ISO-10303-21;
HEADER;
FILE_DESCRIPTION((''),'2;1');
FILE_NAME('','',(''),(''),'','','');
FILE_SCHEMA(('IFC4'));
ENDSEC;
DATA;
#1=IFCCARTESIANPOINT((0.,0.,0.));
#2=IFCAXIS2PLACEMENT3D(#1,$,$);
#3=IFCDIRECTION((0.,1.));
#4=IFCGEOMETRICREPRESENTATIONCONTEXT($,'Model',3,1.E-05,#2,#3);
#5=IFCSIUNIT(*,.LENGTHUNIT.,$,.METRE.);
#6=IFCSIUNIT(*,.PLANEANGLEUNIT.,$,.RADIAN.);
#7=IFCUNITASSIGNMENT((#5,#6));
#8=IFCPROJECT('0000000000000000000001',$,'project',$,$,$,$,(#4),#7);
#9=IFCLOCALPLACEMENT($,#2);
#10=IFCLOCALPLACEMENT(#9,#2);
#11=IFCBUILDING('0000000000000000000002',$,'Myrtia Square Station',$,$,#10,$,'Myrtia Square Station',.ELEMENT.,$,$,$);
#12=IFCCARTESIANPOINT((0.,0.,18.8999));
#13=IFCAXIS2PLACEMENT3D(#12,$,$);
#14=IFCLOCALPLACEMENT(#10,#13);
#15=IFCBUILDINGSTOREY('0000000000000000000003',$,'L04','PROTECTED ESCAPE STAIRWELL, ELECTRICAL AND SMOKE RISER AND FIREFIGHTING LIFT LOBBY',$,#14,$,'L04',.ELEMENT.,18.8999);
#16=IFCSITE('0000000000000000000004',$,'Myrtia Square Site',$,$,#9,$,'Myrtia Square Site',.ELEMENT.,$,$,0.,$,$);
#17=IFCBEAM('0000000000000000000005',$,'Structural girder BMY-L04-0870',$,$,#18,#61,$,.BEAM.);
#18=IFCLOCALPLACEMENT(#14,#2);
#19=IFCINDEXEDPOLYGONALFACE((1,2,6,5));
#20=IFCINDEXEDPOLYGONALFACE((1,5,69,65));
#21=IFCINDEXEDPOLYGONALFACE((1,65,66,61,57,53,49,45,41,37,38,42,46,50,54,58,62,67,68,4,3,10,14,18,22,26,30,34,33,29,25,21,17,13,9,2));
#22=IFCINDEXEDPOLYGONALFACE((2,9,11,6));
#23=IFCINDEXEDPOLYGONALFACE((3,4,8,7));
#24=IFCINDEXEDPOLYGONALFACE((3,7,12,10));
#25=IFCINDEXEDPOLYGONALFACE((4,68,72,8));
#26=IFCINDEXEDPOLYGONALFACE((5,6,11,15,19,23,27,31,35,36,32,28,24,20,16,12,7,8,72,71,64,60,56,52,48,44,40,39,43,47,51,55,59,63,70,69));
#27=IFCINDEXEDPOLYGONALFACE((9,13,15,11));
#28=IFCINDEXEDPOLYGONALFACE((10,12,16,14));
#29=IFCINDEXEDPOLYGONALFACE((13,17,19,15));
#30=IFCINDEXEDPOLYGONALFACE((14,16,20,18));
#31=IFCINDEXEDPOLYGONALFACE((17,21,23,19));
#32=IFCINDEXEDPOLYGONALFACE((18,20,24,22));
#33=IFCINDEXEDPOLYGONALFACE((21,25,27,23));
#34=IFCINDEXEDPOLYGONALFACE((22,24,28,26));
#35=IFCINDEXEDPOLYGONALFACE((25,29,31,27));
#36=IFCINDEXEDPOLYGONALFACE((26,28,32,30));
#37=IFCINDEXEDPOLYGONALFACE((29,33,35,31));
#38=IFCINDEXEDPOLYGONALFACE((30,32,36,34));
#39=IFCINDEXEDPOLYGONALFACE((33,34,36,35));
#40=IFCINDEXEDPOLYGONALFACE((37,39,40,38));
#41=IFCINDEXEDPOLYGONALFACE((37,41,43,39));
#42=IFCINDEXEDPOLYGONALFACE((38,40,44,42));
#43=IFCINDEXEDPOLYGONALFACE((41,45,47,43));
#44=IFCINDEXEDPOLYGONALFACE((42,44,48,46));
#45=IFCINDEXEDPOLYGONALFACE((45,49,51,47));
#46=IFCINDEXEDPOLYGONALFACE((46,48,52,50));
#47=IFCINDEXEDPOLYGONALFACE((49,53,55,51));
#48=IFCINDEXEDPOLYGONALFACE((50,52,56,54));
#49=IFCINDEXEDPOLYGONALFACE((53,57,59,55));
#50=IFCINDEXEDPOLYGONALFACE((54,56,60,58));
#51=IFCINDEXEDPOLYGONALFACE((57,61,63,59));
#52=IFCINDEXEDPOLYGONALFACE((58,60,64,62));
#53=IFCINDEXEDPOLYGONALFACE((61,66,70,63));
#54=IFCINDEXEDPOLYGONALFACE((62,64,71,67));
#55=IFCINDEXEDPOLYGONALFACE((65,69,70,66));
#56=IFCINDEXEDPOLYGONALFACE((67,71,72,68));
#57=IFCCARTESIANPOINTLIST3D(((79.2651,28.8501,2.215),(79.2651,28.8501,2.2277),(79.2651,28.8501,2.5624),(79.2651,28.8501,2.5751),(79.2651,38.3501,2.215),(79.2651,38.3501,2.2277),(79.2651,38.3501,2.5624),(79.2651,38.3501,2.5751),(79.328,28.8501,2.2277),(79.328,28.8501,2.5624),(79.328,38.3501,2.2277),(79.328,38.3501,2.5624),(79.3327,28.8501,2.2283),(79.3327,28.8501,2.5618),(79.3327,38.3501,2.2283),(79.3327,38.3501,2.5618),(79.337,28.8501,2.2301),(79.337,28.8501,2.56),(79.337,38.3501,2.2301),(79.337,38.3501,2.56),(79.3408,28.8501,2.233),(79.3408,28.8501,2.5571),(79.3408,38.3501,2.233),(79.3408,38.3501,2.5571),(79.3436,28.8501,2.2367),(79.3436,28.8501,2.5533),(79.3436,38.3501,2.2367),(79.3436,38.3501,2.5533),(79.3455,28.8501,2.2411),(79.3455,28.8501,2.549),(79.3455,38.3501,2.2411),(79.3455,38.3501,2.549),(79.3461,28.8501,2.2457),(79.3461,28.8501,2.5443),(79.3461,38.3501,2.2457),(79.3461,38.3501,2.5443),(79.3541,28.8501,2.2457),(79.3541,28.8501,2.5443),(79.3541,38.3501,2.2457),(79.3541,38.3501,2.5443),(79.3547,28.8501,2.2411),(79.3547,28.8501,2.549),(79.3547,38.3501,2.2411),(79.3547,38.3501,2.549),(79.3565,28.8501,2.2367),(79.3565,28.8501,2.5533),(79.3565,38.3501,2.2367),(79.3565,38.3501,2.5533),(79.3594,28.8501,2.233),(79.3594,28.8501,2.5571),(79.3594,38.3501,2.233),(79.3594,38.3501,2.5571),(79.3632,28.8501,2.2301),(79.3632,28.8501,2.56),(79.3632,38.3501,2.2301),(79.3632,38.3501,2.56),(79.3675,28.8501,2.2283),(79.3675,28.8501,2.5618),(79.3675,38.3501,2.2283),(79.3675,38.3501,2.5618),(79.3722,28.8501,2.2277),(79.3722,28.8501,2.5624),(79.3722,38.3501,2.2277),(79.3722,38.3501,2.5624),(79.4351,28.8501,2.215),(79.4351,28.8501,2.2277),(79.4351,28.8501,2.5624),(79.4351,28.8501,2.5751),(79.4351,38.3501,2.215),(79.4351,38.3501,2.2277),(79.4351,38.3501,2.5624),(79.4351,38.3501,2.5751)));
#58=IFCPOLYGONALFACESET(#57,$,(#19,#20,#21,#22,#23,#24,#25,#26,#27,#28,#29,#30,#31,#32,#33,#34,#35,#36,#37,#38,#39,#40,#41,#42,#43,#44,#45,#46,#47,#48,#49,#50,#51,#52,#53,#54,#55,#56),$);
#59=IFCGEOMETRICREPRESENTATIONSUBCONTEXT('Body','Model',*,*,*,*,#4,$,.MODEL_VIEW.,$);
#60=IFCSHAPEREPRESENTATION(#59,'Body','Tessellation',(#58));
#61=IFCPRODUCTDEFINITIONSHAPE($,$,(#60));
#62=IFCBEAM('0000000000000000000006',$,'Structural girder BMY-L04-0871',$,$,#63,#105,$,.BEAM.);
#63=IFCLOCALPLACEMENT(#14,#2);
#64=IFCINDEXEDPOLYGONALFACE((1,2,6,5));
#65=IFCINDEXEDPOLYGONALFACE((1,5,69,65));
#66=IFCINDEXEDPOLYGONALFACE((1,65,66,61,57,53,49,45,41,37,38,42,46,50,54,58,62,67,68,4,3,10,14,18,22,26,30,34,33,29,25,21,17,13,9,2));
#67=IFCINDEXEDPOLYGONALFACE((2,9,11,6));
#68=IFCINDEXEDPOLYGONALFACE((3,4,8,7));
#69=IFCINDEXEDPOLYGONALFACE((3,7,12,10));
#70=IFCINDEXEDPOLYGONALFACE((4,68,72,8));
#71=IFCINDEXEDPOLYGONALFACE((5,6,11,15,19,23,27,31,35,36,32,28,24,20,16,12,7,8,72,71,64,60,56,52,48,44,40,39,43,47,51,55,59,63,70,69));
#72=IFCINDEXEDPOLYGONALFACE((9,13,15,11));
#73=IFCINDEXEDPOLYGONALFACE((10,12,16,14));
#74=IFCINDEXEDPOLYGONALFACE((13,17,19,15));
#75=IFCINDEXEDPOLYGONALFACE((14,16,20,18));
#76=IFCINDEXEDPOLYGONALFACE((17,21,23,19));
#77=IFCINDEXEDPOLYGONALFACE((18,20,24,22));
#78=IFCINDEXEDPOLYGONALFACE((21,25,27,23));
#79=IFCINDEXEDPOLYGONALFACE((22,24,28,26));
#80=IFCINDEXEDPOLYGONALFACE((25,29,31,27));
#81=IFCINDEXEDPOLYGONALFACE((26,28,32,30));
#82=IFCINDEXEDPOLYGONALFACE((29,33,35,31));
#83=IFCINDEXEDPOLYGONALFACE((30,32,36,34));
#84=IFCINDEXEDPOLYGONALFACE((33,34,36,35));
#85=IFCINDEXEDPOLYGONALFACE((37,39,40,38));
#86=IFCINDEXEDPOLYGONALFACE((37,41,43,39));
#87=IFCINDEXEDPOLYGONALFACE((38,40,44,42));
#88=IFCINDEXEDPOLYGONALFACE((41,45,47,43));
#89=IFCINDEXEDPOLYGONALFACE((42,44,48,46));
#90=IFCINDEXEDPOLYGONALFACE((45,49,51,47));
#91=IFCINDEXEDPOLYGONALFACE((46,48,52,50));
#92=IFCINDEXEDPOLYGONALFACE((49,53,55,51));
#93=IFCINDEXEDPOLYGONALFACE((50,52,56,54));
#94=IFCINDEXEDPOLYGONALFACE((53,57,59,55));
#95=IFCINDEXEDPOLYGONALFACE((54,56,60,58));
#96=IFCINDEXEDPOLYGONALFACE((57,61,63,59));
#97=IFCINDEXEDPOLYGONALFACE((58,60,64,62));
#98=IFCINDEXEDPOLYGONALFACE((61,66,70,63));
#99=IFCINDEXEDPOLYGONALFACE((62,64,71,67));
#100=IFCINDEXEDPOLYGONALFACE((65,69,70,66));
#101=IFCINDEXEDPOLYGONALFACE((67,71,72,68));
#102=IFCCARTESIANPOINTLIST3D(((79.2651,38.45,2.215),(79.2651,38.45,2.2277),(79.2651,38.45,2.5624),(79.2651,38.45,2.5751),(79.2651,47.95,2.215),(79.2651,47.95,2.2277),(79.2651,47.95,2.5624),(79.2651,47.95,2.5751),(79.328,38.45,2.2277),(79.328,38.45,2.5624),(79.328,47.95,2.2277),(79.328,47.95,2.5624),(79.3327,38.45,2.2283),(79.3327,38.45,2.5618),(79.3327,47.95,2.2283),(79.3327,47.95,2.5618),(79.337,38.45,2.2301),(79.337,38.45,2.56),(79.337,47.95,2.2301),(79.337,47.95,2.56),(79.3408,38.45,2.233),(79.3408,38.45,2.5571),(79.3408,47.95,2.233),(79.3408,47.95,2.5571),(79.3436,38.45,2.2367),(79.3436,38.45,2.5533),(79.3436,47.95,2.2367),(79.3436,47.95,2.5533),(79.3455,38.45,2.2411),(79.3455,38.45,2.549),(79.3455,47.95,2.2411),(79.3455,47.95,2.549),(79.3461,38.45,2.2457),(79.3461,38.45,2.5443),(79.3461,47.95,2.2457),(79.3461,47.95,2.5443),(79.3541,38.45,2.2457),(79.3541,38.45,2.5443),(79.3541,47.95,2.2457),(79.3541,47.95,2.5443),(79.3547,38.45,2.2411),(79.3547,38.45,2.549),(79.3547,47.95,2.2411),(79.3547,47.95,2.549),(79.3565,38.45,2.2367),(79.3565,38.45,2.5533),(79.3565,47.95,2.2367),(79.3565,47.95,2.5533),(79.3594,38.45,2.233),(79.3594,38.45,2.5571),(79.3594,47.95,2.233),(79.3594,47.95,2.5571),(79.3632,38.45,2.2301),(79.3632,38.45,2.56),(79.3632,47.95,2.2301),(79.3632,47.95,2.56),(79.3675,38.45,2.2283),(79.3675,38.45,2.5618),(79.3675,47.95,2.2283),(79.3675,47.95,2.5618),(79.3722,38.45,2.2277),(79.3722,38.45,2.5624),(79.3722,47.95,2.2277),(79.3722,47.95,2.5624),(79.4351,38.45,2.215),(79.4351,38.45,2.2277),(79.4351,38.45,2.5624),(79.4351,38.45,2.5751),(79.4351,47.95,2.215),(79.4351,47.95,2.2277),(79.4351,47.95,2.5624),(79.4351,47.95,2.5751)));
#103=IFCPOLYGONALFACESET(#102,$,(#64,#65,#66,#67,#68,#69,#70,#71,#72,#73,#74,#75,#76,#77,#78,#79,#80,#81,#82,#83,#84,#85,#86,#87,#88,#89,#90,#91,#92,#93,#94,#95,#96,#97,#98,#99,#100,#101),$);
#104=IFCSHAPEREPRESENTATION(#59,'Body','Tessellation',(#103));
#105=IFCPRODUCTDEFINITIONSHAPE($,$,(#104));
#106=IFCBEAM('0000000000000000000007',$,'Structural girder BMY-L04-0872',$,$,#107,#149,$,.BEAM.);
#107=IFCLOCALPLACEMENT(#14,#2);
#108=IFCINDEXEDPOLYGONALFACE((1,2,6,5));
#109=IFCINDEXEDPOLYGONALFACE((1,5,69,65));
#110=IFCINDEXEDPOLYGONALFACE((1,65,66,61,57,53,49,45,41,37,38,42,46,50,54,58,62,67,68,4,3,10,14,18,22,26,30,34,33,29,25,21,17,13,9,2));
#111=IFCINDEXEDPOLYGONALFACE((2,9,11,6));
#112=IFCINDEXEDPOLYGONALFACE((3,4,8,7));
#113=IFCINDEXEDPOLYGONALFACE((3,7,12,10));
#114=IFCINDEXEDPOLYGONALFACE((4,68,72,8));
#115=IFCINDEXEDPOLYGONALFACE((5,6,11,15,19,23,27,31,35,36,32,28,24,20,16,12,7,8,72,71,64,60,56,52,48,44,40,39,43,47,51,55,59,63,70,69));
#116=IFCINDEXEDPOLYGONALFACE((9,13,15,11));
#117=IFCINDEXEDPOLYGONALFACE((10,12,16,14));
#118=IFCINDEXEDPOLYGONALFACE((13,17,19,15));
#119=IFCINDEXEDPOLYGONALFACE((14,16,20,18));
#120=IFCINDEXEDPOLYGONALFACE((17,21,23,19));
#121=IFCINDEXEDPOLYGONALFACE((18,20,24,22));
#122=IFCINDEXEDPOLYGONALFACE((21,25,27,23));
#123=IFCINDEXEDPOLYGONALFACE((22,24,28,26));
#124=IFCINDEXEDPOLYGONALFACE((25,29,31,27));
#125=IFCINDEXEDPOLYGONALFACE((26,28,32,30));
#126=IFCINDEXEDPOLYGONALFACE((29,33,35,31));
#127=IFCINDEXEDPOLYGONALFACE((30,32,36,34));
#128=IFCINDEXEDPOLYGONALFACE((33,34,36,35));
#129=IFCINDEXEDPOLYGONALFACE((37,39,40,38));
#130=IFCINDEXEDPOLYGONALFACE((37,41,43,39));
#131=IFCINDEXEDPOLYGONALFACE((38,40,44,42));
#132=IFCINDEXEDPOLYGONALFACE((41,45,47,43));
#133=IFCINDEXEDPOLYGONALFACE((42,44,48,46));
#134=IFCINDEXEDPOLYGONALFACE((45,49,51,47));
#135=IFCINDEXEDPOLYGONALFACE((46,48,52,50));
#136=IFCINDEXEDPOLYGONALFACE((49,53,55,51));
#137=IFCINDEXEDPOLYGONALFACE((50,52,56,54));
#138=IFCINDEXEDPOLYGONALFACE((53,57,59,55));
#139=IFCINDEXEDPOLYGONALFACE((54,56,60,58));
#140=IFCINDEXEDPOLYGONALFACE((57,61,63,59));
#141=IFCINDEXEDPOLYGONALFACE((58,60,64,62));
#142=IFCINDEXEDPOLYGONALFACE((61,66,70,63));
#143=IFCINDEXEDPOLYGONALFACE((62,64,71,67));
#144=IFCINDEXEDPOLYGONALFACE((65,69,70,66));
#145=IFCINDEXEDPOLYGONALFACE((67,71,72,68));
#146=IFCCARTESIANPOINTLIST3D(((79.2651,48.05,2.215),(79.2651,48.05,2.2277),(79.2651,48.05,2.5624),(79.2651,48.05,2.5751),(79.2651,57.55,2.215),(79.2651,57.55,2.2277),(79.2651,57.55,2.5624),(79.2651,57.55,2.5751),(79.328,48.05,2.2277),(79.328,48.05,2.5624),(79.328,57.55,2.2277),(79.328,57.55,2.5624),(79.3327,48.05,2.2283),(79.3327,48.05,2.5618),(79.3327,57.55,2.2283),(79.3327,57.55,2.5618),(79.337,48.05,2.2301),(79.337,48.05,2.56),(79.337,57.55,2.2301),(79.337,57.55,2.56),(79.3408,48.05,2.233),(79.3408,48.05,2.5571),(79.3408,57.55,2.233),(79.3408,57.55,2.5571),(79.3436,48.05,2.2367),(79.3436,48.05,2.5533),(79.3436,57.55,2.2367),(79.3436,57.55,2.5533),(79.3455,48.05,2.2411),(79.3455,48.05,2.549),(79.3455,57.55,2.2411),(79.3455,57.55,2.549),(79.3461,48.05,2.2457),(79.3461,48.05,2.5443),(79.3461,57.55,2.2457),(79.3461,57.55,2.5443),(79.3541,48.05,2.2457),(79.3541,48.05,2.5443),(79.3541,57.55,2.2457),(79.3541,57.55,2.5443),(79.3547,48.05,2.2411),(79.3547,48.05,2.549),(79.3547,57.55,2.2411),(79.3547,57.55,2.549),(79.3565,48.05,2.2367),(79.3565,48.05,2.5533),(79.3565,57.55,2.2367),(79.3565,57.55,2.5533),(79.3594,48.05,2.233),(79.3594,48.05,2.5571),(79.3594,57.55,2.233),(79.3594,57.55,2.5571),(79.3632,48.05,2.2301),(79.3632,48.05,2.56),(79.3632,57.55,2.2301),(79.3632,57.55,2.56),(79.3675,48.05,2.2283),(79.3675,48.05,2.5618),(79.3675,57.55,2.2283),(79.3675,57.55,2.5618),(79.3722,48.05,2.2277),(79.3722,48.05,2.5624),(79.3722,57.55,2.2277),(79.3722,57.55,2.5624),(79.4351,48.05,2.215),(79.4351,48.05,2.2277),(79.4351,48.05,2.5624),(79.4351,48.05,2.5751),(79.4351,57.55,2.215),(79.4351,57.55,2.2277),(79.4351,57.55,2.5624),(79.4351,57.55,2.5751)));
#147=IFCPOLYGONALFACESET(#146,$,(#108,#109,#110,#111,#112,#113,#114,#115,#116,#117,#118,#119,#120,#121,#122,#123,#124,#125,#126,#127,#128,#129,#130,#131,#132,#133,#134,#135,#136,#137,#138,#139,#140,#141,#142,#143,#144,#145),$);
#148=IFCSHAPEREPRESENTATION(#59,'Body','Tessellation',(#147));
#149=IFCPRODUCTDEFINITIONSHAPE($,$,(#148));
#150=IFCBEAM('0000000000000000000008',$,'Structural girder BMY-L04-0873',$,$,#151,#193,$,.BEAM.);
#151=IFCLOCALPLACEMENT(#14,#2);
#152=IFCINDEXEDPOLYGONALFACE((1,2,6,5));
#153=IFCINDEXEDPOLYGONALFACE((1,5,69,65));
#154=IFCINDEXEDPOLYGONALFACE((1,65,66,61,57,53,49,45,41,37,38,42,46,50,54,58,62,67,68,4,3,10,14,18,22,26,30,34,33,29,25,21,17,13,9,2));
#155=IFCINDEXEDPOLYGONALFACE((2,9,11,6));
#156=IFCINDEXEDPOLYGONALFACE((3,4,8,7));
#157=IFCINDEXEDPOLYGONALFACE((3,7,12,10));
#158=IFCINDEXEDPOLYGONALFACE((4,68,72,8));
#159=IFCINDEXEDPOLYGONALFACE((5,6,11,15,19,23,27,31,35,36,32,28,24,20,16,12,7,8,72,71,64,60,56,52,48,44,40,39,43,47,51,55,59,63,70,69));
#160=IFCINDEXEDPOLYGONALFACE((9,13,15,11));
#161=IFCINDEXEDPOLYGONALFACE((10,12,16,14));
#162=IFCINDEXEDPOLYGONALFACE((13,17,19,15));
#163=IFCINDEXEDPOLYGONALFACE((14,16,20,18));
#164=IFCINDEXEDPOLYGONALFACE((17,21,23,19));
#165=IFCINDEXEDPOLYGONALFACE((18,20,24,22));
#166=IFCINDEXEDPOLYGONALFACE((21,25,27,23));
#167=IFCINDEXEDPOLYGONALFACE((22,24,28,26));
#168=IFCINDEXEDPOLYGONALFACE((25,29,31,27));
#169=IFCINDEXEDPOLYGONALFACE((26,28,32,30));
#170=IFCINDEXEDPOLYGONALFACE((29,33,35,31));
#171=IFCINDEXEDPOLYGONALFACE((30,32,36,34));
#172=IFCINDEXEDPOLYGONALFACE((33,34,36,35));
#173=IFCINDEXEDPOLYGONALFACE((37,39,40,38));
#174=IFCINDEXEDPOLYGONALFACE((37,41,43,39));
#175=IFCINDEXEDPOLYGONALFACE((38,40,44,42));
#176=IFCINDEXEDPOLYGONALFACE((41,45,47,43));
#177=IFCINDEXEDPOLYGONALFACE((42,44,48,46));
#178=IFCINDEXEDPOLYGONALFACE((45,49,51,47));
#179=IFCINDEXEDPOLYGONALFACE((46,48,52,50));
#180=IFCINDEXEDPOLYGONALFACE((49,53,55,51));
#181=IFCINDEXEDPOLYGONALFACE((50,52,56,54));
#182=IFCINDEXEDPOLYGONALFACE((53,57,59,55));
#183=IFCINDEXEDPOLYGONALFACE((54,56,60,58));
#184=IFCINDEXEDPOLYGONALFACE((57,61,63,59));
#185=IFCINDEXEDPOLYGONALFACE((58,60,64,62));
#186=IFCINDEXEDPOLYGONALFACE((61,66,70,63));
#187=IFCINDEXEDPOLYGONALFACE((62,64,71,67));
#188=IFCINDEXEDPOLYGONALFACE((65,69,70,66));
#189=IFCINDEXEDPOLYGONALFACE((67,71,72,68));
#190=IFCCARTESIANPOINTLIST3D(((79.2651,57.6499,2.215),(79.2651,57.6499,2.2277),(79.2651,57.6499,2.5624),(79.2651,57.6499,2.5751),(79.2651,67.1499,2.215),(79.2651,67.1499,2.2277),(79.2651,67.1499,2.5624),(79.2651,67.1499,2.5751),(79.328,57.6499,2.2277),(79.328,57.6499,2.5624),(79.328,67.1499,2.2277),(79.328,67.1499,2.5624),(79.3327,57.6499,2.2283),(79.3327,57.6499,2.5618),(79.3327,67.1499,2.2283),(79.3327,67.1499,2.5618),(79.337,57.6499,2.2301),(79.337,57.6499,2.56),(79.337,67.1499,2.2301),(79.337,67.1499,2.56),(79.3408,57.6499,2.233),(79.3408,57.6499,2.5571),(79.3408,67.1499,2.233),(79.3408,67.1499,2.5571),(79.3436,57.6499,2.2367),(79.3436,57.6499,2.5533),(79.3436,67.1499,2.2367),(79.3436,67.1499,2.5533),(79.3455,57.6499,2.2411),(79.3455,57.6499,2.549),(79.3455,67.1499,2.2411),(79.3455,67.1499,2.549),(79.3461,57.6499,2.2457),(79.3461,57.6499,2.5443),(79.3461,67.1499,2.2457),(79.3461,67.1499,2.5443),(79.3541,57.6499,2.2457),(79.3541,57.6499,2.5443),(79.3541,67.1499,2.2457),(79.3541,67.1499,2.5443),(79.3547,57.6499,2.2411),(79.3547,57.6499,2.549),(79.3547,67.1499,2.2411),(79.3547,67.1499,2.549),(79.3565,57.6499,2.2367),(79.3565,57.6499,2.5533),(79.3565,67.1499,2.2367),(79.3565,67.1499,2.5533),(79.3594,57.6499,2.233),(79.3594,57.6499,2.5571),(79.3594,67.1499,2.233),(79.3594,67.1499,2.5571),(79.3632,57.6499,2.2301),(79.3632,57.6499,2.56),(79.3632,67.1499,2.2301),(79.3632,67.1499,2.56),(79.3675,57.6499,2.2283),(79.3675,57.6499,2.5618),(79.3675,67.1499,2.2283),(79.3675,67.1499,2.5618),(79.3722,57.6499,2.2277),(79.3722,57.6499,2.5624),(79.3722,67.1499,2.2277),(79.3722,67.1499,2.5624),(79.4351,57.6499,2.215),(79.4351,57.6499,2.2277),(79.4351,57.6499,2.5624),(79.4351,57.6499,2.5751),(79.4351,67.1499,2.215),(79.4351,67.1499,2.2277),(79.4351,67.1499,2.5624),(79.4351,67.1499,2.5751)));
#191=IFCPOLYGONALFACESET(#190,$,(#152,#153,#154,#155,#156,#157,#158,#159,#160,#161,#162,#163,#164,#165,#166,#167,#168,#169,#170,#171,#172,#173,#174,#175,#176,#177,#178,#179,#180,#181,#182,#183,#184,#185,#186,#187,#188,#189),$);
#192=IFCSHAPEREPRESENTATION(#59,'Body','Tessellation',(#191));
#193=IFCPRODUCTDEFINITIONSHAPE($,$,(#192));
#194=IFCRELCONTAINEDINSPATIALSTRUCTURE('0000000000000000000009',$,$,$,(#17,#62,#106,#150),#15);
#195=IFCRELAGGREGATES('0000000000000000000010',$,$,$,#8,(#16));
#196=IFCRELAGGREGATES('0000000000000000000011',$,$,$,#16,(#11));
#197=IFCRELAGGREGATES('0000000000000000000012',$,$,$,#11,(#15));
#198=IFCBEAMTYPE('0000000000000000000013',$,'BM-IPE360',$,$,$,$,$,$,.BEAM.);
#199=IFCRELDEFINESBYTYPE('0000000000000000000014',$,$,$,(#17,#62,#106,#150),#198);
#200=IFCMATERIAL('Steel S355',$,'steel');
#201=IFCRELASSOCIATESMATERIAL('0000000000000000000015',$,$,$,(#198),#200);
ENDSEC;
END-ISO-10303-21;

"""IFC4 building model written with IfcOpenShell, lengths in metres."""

from ifc_helpers import new_model, si_unit, direction, frame, origin, origin_2d, place, context, subcontext, project, spatial, i_section, extrude, material, material_profile, profile_set, type_object, element, save


model = new_model("IFC4")

# Units and contexts
model_context = context("Model", 3, precision=1e-05, world=origin(), true_north=direction((0.0, 1.0)))
body_context = subcontext(model_context, "Body", "Model", "MODEL_VIEW")
ifc_project = project(units=[si_unit("LENGTHUNIT", "METRE"), si_unit("PLANEANGLEUNIT", "RADIAN")], contexts=[model_context])

# Site, building, storey
site_placement = place(None, origin())
site = spatial("IfcSite", under=ifc_project, at=site_placement, Name="Myrtia Square Site", LongName="Myrtia Square Site", CompositionType="ELEMENT", RefElevation=0.0)
building_placement = place(site_placement, origin())
building = spatial("IfcBuilding", under=site, at=building_placement, Name="Myrtia Square Station", LongName="Myrtia Square Station", CompositionType="ELEMENT")
storey_placement = place(building_placement, frame((0.0, 0.0, 18.8999)))
storey = spatial("IfcBuildingStorey", under=building, at=storey_placement, Name="L04", Description="PROTECTED ESCAPE STAIRWELL, ELECTRICAL AND SMOKE RISER AND FIREFIGHTING LIFT LOBBY", LongName="L04", CompositionType="ELEMENT", Elevation=18.8999)

# Shared definitions
ifc_material_1 = material(Name="Steel S355", Category="steel")

# Beams
ifc_material_profile_1 = material_profile(ifc_material_1, i_section(OverallWidth=0.1699, OverallDepth=0.3601, WebThickness=0.0081, FlangeThickness=0.0127, FilletRadius=0.0181, at=origin_2d()), Name="IPE 360")
ifc_profile_set_1 = profile_set([ifc_material_profile_1], Name="Steel S355")
beam_type = type_object("IfcBeamType", Name="BM-IPE360", PredefinedType="BEAM", material=ifc_profile_set_1)
for number, where, z_axis, x_axis, name in (
    (1, (79.3501, 28.8501, 2.395), (0.0, 1.0, 0.0), (-1.0, 0.0, 0.0), "Structural girder BMY-L04-0870"),
    (2, (79.3501, 38.45, 2.395), (0.0, 1.0, 0.0), (-1.0, 0.0, 0.0), "Structural girder BMY-L04-0871"),
    (3, (79.3501, 48.05, 2.395), (0.0, 1.0, 0.0), (-1.0, 0.0, 0.0), "Structural girder BMY-L04-0872"),
    (4, (79.3501, 57.6499, 2.395), (0.0, 1.0, 0.0), (-1.0, 0.0, 0.0), "Structural girder BMY-L04-0873"),
):
    element("IfcBeam", number, at=place(storey_placement, frame(where, z_axis=z_axis, x_axis=x_axis)), inside=storey, type_object=beam_type, Name=name, PredefinedType="BEAM", context=body_context, shape_type="SweptSolid", body=[
        extrude(i_section(OverallWidth=0.1699, OverallDepth=0.3601, WebThickness=0.0081, FlangeThickness=0.0127, FilletRadius=0.0181, at=origin_2d()), origin(), (0.0, 0.0, 1.0), 9.5),
    ])

save(model, "model.ifc")
